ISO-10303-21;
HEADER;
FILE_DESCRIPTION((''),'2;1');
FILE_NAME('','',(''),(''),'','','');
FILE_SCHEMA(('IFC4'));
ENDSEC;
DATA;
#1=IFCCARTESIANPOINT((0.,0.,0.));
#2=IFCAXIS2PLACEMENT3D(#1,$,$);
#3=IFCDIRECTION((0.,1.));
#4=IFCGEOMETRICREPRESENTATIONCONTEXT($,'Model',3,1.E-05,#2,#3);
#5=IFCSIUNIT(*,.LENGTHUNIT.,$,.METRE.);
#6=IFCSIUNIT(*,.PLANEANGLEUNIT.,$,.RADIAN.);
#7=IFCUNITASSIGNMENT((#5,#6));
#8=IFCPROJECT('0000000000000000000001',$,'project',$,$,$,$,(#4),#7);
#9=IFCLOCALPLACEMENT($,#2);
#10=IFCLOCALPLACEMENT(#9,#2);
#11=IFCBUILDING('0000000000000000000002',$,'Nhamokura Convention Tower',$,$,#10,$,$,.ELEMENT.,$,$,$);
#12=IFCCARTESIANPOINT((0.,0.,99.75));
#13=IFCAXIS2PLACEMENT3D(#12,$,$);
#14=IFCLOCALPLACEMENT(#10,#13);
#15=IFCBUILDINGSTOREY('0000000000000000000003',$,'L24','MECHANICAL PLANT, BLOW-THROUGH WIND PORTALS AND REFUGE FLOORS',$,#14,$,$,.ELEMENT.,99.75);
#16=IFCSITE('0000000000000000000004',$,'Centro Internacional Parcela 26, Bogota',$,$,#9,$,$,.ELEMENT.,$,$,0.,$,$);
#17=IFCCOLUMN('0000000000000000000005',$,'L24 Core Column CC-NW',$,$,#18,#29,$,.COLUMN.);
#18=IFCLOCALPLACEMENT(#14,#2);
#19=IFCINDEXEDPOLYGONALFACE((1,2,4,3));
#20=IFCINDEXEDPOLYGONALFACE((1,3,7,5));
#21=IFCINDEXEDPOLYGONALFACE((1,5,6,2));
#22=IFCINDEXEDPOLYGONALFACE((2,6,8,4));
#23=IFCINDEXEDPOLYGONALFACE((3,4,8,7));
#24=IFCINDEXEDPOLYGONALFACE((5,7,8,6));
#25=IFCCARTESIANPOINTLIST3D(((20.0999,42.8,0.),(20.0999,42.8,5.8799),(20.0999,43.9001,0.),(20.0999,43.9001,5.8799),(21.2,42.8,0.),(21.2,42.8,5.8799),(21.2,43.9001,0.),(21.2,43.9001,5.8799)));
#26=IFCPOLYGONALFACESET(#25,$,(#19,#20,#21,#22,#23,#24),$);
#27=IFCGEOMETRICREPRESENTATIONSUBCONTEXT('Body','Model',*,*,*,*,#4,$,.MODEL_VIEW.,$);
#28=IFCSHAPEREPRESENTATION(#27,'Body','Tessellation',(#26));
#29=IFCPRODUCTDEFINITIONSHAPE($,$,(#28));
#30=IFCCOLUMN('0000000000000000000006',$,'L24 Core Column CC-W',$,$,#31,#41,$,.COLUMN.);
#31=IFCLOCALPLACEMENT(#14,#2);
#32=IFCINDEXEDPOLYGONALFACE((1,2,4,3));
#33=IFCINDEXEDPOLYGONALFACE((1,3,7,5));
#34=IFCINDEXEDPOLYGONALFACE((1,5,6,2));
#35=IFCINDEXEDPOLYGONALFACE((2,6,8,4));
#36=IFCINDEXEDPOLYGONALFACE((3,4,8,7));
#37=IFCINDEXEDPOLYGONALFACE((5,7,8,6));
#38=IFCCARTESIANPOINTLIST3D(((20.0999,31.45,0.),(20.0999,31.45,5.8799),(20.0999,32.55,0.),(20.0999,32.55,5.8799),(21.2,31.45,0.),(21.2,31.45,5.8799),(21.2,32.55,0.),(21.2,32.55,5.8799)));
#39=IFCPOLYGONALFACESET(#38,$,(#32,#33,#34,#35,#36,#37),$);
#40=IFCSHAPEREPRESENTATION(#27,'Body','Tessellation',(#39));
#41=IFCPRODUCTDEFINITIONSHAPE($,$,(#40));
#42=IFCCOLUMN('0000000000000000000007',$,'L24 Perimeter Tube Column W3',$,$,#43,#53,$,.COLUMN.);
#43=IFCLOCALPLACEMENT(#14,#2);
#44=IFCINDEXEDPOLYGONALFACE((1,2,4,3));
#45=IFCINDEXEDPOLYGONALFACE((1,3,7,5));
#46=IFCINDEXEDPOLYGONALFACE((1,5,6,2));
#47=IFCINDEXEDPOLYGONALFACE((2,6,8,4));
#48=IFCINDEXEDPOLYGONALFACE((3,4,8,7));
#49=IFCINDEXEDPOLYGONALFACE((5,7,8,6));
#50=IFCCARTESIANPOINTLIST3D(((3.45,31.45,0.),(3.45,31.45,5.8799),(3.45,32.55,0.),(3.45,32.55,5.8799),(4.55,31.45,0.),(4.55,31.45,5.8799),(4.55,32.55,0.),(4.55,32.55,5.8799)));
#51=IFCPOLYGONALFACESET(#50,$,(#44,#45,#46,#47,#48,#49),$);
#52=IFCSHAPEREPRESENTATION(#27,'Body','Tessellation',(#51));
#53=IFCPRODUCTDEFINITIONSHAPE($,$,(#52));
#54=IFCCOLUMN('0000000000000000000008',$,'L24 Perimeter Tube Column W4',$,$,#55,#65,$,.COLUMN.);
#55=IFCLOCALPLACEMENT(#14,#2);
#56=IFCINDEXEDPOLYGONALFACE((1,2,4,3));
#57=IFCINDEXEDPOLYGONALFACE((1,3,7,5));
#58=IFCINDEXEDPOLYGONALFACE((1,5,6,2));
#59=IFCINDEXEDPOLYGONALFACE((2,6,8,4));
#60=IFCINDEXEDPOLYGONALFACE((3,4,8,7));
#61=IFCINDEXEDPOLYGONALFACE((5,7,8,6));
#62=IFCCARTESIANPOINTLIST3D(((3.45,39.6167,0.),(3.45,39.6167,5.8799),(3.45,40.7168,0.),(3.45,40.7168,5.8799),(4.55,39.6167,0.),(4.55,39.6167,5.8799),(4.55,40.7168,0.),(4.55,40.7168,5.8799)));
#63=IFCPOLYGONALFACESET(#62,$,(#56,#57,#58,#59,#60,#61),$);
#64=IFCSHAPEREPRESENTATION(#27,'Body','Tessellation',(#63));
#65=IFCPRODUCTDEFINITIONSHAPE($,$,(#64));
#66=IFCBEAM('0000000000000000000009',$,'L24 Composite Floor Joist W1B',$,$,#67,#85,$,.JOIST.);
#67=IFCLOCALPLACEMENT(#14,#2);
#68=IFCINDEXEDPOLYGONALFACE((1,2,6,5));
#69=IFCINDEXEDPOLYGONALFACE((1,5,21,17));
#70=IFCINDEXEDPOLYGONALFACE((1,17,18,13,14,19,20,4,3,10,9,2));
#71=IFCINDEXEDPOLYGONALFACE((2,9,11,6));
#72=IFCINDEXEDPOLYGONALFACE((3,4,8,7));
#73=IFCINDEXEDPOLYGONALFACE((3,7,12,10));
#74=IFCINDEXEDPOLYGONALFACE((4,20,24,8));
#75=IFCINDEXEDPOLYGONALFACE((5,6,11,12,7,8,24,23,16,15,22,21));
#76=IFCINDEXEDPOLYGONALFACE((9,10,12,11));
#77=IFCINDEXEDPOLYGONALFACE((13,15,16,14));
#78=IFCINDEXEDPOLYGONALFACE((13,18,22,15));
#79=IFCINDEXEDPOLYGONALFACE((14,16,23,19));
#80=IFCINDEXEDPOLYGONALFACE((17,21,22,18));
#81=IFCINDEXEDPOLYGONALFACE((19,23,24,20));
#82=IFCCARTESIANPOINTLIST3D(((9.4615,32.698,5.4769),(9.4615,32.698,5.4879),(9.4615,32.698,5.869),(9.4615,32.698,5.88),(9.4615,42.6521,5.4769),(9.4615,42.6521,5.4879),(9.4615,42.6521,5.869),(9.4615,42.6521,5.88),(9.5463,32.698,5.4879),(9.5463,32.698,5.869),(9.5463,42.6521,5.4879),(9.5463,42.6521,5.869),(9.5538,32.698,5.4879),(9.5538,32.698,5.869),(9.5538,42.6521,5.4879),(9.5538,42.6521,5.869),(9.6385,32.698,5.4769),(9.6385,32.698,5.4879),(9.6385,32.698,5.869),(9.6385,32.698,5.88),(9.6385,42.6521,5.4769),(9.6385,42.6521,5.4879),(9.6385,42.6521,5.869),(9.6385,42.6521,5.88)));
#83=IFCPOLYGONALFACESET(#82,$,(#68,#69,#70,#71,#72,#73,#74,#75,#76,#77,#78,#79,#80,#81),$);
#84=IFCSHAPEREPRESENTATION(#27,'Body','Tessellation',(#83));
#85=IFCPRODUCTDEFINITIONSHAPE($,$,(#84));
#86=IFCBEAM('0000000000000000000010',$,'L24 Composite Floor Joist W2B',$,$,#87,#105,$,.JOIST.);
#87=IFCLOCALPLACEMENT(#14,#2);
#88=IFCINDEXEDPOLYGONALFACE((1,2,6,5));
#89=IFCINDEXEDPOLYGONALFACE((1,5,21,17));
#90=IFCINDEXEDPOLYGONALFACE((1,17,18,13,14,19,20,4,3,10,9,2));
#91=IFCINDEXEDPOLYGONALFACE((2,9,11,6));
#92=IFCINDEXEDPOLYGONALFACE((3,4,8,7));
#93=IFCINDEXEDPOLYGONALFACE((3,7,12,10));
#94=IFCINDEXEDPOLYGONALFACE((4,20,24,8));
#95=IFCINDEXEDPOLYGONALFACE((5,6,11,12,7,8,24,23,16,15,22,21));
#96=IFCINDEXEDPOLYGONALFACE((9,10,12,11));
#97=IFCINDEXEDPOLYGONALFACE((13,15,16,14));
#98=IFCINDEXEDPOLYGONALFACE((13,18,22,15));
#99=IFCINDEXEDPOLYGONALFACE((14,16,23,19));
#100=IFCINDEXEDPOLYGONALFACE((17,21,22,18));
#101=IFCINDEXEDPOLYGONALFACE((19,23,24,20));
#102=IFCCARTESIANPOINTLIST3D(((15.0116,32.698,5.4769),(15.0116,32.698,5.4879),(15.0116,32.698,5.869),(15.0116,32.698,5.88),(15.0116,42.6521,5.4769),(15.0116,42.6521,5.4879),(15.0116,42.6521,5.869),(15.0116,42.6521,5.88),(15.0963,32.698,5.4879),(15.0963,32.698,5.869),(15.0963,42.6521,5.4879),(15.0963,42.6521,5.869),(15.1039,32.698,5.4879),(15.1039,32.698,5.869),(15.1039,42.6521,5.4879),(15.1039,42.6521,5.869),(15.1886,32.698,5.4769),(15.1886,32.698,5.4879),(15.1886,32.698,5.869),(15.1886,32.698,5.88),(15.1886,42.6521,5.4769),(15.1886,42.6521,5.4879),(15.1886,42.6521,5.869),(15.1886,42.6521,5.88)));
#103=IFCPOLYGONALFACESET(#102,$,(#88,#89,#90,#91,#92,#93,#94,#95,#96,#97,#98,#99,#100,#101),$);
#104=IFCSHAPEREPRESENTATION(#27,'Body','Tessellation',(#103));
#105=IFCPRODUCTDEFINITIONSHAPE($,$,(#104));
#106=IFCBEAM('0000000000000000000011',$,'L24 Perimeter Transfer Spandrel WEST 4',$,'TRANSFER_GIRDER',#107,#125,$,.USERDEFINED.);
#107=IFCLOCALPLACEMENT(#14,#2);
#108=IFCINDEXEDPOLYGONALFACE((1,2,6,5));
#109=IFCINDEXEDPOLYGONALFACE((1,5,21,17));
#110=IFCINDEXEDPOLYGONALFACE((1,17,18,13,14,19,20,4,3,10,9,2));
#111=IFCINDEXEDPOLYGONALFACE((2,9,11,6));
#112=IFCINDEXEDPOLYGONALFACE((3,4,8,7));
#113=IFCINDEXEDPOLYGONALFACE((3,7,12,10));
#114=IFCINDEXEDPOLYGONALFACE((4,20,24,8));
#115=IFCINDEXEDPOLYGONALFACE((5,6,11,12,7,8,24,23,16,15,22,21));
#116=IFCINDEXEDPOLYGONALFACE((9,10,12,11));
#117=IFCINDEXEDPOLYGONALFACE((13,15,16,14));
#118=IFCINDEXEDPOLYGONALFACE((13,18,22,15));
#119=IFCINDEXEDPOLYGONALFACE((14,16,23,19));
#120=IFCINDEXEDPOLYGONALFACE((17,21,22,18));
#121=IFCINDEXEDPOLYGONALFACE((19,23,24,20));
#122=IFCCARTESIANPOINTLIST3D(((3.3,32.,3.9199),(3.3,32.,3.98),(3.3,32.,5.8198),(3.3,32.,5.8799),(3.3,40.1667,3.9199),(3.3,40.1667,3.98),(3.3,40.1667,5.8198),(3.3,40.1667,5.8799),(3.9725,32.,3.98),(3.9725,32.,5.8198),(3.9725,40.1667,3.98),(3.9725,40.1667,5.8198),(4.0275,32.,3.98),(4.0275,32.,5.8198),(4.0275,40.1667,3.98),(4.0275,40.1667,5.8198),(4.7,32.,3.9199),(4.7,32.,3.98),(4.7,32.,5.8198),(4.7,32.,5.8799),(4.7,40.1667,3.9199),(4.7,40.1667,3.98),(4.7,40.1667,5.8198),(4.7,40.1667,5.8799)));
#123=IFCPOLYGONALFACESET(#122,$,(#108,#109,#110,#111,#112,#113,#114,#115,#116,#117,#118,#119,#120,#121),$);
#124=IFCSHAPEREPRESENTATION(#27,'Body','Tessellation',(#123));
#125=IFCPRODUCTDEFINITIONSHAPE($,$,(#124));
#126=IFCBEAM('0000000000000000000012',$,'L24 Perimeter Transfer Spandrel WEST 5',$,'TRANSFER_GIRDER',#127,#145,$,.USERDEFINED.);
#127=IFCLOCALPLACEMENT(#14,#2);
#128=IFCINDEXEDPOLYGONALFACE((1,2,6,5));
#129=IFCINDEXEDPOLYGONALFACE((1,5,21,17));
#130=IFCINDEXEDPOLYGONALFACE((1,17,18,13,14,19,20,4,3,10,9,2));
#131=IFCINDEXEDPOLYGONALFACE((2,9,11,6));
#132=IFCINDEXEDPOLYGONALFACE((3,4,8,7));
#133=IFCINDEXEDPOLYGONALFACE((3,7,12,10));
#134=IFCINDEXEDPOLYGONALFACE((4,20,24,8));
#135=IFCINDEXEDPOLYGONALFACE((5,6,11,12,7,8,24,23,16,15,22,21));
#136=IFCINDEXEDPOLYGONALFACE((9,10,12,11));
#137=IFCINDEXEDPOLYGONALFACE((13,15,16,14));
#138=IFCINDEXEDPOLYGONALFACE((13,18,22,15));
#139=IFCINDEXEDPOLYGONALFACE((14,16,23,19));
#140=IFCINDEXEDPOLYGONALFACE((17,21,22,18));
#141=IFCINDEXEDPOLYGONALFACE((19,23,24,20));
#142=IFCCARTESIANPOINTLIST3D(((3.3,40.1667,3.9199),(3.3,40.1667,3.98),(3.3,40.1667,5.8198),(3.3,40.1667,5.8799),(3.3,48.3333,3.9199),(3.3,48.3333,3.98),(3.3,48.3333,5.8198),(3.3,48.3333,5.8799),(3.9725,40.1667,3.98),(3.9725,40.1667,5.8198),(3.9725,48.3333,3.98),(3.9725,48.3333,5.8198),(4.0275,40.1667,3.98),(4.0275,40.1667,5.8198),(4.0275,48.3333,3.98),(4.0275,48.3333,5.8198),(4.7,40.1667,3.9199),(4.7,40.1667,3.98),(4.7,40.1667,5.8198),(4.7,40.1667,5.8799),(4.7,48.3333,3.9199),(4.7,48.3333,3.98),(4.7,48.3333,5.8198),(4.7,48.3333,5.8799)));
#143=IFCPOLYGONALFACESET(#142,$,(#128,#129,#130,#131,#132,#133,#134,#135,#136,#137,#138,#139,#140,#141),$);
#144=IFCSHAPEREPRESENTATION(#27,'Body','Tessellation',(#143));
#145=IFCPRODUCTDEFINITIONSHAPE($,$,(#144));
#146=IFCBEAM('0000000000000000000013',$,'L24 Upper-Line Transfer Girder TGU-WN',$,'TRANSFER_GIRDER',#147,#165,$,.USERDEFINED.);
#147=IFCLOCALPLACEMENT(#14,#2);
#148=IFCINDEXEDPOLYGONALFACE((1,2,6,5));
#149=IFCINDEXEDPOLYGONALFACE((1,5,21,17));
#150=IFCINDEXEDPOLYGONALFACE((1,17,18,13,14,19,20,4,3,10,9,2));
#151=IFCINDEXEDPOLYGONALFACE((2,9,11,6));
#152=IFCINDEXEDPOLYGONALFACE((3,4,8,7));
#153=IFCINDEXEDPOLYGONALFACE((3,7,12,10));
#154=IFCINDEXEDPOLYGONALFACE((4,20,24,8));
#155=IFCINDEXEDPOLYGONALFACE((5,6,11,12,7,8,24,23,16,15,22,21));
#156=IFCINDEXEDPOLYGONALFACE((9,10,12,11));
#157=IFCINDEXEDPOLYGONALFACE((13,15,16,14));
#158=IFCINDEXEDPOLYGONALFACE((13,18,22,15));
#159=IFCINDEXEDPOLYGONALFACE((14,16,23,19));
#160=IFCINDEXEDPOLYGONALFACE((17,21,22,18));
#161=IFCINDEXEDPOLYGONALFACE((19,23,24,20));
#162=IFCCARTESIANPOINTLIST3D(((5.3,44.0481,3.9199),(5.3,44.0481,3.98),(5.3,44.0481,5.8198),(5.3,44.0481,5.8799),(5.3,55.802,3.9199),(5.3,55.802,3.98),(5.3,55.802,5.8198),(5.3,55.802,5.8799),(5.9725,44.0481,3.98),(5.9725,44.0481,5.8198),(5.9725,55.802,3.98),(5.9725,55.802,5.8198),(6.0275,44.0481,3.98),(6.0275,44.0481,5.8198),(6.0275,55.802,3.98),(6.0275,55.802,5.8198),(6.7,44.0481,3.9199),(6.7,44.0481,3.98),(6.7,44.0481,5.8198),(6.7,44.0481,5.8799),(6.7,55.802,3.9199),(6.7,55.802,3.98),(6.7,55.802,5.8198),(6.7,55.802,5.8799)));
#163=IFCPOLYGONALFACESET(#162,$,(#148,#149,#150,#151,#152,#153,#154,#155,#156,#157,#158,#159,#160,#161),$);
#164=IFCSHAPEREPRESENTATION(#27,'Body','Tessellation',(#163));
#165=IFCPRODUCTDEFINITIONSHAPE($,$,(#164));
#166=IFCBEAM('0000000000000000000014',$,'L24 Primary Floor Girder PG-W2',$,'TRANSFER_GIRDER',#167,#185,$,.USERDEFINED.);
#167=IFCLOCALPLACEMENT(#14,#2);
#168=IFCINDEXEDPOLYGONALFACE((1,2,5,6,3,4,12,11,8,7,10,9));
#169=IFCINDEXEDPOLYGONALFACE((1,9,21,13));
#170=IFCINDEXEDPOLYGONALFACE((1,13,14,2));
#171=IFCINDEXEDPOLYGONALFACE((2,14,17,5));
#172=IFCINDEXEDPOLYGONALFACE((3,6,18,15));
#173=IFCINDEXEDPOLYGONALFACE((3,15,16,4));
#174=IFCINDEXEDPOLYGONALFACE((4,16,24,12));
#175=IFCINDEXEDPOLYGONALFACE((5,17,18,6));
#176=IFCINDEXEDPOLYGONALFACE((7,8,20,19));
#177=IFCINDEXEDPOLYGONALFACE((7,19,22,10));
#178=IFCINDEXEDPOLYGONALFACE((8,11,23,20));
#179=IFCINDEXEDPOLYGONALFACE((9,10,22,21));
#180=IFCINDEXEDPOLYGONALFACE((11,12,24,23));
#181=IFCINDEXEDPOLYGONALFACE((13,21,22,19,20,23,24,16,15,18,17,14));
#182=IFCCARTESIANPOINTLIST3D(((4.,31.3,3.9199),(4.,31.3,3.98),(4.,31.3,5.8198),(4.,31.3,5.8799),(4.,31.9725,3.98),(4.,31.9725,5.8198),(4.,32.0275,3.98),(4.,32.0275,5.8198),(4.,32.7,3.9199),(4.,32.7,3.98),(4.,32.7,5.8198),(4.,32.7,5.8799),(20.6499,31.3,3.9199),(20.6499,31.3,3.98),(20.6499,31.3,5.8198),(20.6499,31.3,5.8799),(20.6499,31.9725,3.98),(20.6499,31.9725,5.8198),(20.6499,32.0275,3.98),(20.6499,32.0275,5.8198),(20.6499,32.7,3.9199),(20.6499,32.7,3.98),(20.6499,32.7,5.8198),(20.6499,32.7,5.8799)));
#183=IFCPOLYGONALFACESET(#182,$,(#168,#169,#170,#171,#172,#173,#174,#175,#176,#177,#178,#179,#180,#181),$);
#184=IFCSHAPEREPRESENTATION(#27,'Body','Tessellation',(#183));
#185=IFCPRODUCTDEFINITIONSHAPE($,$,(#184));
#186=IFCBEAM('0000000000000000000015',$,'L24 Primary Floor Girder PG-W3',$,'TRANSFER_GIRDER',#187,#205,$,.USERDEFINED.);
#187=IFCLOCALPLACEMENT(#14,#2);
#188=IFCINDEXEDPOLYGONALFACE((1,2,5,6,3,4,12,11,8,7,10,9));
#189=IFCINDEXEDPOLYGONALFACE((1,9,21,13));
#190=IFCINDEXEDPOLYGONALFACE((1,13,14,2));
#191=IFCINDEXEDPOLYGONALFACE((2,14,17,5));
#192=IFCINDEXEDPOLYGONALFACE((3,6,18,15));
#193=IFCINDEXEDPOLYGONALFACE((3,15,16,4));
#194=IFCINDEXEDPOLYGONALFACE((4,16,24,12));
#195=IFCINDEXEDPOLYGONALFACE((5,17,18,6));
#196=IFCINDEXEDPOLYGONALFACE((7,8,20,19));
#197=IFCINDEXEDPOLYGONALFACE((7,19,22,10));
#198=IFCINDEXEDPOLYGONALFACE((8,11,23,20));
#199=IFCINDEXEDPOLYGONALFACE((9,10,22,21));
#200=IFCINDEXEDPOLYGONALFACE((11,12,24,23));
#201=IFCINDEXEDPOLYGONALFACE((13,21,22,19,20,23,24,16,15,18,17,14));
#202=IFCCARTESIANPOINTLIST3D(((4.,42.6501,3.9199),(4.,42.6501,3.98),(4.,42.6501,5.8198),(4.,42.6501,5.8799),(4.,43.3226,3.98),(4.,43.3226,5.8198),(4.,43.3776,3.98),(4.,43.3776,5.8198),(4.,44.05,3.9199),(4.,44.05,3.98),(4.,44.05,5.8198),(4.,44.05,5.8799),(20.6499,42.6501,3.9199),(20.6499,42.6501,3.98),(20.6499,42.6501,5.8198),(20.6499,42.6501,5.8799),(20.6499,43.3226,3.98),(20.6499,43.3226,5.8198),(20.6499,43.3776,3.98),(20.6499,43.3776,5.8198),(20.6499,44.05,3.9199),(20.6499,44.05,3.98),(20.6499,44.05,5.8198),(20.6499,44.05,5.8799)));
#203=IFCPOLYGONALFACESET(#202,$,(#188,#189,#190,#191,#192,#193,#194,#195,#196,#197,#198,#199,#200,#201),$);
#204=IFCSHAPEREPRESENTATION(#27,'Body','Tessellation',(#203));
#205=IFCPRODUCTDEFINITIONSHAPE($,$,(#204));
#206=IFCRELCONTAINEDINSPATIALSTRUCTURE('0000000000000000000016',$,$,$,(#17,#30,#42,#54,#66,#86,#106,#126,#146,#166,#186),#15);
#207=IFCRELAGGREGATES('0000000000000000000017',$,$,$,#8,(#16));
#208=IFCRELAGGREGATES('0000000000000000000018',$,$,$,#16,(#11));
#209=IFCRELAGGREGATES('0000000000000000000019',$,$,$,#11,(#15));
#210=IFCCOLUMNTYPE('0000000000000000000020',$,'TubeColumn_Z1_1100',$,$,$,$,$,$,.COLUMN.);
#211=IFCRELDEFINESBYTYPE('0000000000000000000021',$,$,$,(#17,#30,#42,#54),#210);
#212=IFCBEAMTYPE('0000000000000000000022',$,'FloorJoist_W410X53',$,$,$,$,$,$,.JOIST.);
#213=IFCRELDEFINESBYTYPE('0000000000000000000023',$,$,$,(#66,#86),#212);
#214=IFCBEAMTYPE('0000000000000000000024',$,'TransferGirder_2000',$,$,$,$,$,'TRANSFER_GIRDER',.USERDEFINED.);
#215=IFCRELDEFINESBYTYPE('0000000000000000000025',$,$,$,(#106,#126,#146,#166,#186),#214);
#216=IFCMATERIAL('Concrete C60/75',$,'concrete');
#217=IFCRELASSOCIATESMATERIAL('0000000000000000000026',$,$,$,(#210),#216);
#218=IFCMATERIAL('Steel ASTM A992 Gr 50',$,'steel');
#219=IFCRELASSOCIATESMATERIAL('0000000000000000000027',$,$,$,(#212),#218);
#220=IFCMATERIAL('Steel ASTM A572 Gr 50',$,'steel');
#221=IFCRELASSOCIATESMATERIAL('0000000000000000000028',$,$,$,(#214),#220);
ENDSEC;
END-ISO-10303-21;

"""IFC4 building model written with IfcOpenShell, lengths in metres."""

from ifc_helpers import new_model, si_unit, direction, frame, origin, origin_2d, place, context, subcontext, project, spatial, rectangle, i_section, extrude, material, material_profile, profile_set, type_object, element, save


model = new_model("IFC4")

# Units and contexts
model_context = context("Model", 3, precision=1e-05, world=origin(), true_north=direction((0.0, 1.0)))
body_context = subcontext(model_context, "Body", "Model", "MODEL_VIEW")
ifc_project = project(units=[si_unit("LENGTHUNIT", "METRE"), si_unit("PLANEANGLEUNIT", "RADIAN")], contexts=[model_context])

# Site, building, storey
site_placement = place(None, origin())
site = spatial("IfcSite", under=ifc_project, at=site_placement, Name="Centro Internacional Parcela 26, Bogota", CompositionType="ELEMENT", RefElevation=0.0)
building_placement = place(site_placement, origin())
building = spatial("IfcBuilding", under=site, at=building_placement, Name="Nhamokura Convention Tower", CompositionType="ELEMENT")
storey_placement = place(building_placement, frame((0.0, 0.0, 99.75)))
storey = spatial("IfcBuildingStorey", under=building, at=storey_placement, Name="L24", Description="MECHANICAL PLANT, BLOW-THROUGH WIND PORTALS AND REFUGE FLOORS", CompositionType="ELEMENT", Elevation=99.75)

# Columns
ifc_material_1 = material(Name="Concrete C60/75", Category="concrete")
ifc_material_profile_1 = material_profile(ifc_material_1, rectangle(XDim=1.1001, YDim=1.1001, at=origin_2d()))
ifc_profile_set_1 = profile_set([ifc_material_profile_1], Name="Concrete C60/75")
column_type = type_object("IfcColumnType", Name="TubeColumn_Z1_1100", PredefinedType="COLUMN", material=ifc_profile_set_1)
for number, where, z_axis, x_axis, name in (
    (1, (20.6499, 43.3501, 0.0), (0.0, 0.0, 1.0), (1.0, 0.0, 0.0), "L24 Core Column CC-NW"),
    (2, (20.6499, 32.0, 0.0), (0.0, 0.0, 1.0), (1.0, 0.0, 0.0), "L24 Core Column CC-W"),
    (3, (4.0, 32.0, 0.0), (0.0, 0.0, 1.0), (1.0, 0.0, 0.0), "L24 Perimeter Tube Column W3"),
    (4, (4.0, 40.1667, 0.0), (0.0, 0.0, 1.0), (1.0, 0.0, 0.0), "L24 Perimeter Tube Column W4"),
):
    element("IfcColumn", number, at=place(storey_placement, frame(where, z_axis=z_axis, x_axis=x_axis)), inside=storey, type_object=column_type, Name=name, PredefinedType="COLUMN", context=body_context, shape_type="SweptSolid", body=[
        extrude(rectangle(XDim=1.1001, YDim=1.1001, at=origin_2d()), origin(), (0.0, 0.0, 1.0), 5.8799),
    ])

# Beams
ifc_material_2 = material(Name="Steel ASTM A992 Gr 50", Category="steel")
ifc_material_profile_2 = material_profile(ifc_material_2, i_section(OverallWidth=0.177, OverallDepth=0.4031, WebThickness=0.0076, FlangeThickness=0.011, at=origin_2d()))
ifc_profile_set_2 = profile_set([ifc_material_profile_2], Name="Steel ASTM A992 Gr 50")
beam_type_1 = type_object("IfcBeamType", Name="FloorJoist_W410X53", PredefinedType="JOIST", material=ifc_profile_set_2)
for number, where, z_axis, x_axis, name in (
    (5, (9.55, 32.698, 5.6785), (0.0, 1.0, 0.0), (-1.0, 0.0, 0.0), "L24 Composite Floor Joist W1B"),
    (6, (15.1001, 32.698, 5.6785), (0.0, 1.0, 0.0), (-1.0, 0.0, 0.0), "L24 Composite Floor Joist W2B"),
):
    element("IfcBeam", number, at=place(storey_placement, frame(where, z_axis=z_axis, x_axis=x_axis)), inside=storey, type_object=beam_type_1, Name=name, PredefinedType="JOIST", context=body_context, shape_type="SweptSolid", body=[
        extrude(i_section(OverallWidth=0.177, OverallDepth=0.4031, WebThickness=0.0076, FlangeThickness=0.011, at=origin_2d()), origin(), (0.0, 0.0, 1.0), 9.9541),
    ])
ifc_material_3 = material(Name="Steel ASTM A572 Gr 50", Category="steel")
ifc_material_profile_3 = material_profile(ifc_material_3, i_section(OverallWidth=1.3999, OverallDepth=1.96, WebThickness=0.0549, FlangeThickness=0.0601, at=origin_2d()))
ifc_profile_set_3 = profile_set([ifc_material_profile_3], Name="Steel ASTM A572 Gr 50")
beam_type_2 = type_object("IfcBeamType", Name="TransferGirder_2000", ElementType="TRANSFER_GIRDER", PredefinedType="USERDEFINED", material=ifc_profile_set_3)
beam_1_placement = place(storey_placement, frame((4.0, 32.0, 4.8999), z_axis=(0.0, 1.0, 0.0), x_axis=(-1.0, 0.0, 0.0)))
element("IfcBeam", 7, at=beam_1_placement, inside=storey, type_object=beam_type_2, Name="L24 Perimeter Transfer Spandrel WEST 4", ObjectType="TRANSFER_GIRDER", PredefinedType="USERDEFINED", context=body_context, shape_type="SweptSolid", body=[
    extrude(i_section(OverallWidth=1.3999, OverallDepth=1.96, WebThickness=0.0549, FlangeThickness=0.0601, at=origin_2d()), origin(), (0.0, 0.0, 1.0), 8.1667),
])
beam_2_placement = place(storey_placement, frame((4.0, 40.1667, 4.8999), z_axis=(0.0, 1.0, 0.0), x_axis=(-1.0, 0.0, 0.0)))
element("IfcBeam", 8, at=beam_2_placement, inside=storey, type_object=beam_type_2, Name="L24 Perimeter Transfer Spandrel WEST 5", ObjectType="TRANSFER_GIRDER", PredefinedType="USERDEFINED", context=body_context, shape_type="SweptSolid", body=[
    extrude(i_section(OverallWidth=1.3999, OverallDepth=1.96, WebThickness=0.0549, FlangeThickness=0.0601, at=origin_2d()), origin(), (0.0, 0.0, 1.0), 8.1665),
])
beam_3_placement = place(storey_placement, frame((6.0, 44.0481, 4.8999), z_axis=(0.0, 1.0, 0.0), x_axis=(-1.0, 0.0, 0.0)))
element("IfcBeam", 9, at=beam_3_placement, inside=storey, type_object=beam_type_2, Name="L24 Upper-Line Transfer Girder TGU-WN", ObjectType="TRANSFER_GIRDER", PredefinedType="USERDEFINED", context=body_context, shape_type="SweptSolid", body=[
    extrude(i_section(OverallWidth=1.3999, OverallDepth=1.96, WebThickness=0.0549, FlangeThickness=0.0601, at=origin_2d()), origin(), (0.0, 0.0, 1.0), 11.7539),
])
for number, where, z_axis, x_axis, name in (
    (10, (4.0, 32.0, 4.8999), (1.0, 0.0, 0.0), (0.0, 1.0, 0.0), "L24 Primary Floor Girder PG-W2"),
    (11, (4.0, 43.3501, 4.8999), (1.0, 0.0, 0.0), (0.0, 1.0, 0.0), "L24 Primary Floor Girder PG-W3"),
):
    element("IfcBeam", number, at=place(storey_placement, frame(where, z_axis=z_axis, x_axis=x_axis)), inside=storey, type_object=beam_type_2, Name=name, ObjectType="TRANSFER_GIRDER", PredefinedType="USERDEFINED", context=body_context, shape_type="SweptSolid", body=[
        extrude(i_section(OverallWidth=1.3999, OverallDepth=1.96, WebThickness=0.0549, FlangeThickness=0.0601, at=origin_2d()), origin(), (0.0, 0.0, 1.0), 16.6499),
    ])

save(model, "model.ifc")
